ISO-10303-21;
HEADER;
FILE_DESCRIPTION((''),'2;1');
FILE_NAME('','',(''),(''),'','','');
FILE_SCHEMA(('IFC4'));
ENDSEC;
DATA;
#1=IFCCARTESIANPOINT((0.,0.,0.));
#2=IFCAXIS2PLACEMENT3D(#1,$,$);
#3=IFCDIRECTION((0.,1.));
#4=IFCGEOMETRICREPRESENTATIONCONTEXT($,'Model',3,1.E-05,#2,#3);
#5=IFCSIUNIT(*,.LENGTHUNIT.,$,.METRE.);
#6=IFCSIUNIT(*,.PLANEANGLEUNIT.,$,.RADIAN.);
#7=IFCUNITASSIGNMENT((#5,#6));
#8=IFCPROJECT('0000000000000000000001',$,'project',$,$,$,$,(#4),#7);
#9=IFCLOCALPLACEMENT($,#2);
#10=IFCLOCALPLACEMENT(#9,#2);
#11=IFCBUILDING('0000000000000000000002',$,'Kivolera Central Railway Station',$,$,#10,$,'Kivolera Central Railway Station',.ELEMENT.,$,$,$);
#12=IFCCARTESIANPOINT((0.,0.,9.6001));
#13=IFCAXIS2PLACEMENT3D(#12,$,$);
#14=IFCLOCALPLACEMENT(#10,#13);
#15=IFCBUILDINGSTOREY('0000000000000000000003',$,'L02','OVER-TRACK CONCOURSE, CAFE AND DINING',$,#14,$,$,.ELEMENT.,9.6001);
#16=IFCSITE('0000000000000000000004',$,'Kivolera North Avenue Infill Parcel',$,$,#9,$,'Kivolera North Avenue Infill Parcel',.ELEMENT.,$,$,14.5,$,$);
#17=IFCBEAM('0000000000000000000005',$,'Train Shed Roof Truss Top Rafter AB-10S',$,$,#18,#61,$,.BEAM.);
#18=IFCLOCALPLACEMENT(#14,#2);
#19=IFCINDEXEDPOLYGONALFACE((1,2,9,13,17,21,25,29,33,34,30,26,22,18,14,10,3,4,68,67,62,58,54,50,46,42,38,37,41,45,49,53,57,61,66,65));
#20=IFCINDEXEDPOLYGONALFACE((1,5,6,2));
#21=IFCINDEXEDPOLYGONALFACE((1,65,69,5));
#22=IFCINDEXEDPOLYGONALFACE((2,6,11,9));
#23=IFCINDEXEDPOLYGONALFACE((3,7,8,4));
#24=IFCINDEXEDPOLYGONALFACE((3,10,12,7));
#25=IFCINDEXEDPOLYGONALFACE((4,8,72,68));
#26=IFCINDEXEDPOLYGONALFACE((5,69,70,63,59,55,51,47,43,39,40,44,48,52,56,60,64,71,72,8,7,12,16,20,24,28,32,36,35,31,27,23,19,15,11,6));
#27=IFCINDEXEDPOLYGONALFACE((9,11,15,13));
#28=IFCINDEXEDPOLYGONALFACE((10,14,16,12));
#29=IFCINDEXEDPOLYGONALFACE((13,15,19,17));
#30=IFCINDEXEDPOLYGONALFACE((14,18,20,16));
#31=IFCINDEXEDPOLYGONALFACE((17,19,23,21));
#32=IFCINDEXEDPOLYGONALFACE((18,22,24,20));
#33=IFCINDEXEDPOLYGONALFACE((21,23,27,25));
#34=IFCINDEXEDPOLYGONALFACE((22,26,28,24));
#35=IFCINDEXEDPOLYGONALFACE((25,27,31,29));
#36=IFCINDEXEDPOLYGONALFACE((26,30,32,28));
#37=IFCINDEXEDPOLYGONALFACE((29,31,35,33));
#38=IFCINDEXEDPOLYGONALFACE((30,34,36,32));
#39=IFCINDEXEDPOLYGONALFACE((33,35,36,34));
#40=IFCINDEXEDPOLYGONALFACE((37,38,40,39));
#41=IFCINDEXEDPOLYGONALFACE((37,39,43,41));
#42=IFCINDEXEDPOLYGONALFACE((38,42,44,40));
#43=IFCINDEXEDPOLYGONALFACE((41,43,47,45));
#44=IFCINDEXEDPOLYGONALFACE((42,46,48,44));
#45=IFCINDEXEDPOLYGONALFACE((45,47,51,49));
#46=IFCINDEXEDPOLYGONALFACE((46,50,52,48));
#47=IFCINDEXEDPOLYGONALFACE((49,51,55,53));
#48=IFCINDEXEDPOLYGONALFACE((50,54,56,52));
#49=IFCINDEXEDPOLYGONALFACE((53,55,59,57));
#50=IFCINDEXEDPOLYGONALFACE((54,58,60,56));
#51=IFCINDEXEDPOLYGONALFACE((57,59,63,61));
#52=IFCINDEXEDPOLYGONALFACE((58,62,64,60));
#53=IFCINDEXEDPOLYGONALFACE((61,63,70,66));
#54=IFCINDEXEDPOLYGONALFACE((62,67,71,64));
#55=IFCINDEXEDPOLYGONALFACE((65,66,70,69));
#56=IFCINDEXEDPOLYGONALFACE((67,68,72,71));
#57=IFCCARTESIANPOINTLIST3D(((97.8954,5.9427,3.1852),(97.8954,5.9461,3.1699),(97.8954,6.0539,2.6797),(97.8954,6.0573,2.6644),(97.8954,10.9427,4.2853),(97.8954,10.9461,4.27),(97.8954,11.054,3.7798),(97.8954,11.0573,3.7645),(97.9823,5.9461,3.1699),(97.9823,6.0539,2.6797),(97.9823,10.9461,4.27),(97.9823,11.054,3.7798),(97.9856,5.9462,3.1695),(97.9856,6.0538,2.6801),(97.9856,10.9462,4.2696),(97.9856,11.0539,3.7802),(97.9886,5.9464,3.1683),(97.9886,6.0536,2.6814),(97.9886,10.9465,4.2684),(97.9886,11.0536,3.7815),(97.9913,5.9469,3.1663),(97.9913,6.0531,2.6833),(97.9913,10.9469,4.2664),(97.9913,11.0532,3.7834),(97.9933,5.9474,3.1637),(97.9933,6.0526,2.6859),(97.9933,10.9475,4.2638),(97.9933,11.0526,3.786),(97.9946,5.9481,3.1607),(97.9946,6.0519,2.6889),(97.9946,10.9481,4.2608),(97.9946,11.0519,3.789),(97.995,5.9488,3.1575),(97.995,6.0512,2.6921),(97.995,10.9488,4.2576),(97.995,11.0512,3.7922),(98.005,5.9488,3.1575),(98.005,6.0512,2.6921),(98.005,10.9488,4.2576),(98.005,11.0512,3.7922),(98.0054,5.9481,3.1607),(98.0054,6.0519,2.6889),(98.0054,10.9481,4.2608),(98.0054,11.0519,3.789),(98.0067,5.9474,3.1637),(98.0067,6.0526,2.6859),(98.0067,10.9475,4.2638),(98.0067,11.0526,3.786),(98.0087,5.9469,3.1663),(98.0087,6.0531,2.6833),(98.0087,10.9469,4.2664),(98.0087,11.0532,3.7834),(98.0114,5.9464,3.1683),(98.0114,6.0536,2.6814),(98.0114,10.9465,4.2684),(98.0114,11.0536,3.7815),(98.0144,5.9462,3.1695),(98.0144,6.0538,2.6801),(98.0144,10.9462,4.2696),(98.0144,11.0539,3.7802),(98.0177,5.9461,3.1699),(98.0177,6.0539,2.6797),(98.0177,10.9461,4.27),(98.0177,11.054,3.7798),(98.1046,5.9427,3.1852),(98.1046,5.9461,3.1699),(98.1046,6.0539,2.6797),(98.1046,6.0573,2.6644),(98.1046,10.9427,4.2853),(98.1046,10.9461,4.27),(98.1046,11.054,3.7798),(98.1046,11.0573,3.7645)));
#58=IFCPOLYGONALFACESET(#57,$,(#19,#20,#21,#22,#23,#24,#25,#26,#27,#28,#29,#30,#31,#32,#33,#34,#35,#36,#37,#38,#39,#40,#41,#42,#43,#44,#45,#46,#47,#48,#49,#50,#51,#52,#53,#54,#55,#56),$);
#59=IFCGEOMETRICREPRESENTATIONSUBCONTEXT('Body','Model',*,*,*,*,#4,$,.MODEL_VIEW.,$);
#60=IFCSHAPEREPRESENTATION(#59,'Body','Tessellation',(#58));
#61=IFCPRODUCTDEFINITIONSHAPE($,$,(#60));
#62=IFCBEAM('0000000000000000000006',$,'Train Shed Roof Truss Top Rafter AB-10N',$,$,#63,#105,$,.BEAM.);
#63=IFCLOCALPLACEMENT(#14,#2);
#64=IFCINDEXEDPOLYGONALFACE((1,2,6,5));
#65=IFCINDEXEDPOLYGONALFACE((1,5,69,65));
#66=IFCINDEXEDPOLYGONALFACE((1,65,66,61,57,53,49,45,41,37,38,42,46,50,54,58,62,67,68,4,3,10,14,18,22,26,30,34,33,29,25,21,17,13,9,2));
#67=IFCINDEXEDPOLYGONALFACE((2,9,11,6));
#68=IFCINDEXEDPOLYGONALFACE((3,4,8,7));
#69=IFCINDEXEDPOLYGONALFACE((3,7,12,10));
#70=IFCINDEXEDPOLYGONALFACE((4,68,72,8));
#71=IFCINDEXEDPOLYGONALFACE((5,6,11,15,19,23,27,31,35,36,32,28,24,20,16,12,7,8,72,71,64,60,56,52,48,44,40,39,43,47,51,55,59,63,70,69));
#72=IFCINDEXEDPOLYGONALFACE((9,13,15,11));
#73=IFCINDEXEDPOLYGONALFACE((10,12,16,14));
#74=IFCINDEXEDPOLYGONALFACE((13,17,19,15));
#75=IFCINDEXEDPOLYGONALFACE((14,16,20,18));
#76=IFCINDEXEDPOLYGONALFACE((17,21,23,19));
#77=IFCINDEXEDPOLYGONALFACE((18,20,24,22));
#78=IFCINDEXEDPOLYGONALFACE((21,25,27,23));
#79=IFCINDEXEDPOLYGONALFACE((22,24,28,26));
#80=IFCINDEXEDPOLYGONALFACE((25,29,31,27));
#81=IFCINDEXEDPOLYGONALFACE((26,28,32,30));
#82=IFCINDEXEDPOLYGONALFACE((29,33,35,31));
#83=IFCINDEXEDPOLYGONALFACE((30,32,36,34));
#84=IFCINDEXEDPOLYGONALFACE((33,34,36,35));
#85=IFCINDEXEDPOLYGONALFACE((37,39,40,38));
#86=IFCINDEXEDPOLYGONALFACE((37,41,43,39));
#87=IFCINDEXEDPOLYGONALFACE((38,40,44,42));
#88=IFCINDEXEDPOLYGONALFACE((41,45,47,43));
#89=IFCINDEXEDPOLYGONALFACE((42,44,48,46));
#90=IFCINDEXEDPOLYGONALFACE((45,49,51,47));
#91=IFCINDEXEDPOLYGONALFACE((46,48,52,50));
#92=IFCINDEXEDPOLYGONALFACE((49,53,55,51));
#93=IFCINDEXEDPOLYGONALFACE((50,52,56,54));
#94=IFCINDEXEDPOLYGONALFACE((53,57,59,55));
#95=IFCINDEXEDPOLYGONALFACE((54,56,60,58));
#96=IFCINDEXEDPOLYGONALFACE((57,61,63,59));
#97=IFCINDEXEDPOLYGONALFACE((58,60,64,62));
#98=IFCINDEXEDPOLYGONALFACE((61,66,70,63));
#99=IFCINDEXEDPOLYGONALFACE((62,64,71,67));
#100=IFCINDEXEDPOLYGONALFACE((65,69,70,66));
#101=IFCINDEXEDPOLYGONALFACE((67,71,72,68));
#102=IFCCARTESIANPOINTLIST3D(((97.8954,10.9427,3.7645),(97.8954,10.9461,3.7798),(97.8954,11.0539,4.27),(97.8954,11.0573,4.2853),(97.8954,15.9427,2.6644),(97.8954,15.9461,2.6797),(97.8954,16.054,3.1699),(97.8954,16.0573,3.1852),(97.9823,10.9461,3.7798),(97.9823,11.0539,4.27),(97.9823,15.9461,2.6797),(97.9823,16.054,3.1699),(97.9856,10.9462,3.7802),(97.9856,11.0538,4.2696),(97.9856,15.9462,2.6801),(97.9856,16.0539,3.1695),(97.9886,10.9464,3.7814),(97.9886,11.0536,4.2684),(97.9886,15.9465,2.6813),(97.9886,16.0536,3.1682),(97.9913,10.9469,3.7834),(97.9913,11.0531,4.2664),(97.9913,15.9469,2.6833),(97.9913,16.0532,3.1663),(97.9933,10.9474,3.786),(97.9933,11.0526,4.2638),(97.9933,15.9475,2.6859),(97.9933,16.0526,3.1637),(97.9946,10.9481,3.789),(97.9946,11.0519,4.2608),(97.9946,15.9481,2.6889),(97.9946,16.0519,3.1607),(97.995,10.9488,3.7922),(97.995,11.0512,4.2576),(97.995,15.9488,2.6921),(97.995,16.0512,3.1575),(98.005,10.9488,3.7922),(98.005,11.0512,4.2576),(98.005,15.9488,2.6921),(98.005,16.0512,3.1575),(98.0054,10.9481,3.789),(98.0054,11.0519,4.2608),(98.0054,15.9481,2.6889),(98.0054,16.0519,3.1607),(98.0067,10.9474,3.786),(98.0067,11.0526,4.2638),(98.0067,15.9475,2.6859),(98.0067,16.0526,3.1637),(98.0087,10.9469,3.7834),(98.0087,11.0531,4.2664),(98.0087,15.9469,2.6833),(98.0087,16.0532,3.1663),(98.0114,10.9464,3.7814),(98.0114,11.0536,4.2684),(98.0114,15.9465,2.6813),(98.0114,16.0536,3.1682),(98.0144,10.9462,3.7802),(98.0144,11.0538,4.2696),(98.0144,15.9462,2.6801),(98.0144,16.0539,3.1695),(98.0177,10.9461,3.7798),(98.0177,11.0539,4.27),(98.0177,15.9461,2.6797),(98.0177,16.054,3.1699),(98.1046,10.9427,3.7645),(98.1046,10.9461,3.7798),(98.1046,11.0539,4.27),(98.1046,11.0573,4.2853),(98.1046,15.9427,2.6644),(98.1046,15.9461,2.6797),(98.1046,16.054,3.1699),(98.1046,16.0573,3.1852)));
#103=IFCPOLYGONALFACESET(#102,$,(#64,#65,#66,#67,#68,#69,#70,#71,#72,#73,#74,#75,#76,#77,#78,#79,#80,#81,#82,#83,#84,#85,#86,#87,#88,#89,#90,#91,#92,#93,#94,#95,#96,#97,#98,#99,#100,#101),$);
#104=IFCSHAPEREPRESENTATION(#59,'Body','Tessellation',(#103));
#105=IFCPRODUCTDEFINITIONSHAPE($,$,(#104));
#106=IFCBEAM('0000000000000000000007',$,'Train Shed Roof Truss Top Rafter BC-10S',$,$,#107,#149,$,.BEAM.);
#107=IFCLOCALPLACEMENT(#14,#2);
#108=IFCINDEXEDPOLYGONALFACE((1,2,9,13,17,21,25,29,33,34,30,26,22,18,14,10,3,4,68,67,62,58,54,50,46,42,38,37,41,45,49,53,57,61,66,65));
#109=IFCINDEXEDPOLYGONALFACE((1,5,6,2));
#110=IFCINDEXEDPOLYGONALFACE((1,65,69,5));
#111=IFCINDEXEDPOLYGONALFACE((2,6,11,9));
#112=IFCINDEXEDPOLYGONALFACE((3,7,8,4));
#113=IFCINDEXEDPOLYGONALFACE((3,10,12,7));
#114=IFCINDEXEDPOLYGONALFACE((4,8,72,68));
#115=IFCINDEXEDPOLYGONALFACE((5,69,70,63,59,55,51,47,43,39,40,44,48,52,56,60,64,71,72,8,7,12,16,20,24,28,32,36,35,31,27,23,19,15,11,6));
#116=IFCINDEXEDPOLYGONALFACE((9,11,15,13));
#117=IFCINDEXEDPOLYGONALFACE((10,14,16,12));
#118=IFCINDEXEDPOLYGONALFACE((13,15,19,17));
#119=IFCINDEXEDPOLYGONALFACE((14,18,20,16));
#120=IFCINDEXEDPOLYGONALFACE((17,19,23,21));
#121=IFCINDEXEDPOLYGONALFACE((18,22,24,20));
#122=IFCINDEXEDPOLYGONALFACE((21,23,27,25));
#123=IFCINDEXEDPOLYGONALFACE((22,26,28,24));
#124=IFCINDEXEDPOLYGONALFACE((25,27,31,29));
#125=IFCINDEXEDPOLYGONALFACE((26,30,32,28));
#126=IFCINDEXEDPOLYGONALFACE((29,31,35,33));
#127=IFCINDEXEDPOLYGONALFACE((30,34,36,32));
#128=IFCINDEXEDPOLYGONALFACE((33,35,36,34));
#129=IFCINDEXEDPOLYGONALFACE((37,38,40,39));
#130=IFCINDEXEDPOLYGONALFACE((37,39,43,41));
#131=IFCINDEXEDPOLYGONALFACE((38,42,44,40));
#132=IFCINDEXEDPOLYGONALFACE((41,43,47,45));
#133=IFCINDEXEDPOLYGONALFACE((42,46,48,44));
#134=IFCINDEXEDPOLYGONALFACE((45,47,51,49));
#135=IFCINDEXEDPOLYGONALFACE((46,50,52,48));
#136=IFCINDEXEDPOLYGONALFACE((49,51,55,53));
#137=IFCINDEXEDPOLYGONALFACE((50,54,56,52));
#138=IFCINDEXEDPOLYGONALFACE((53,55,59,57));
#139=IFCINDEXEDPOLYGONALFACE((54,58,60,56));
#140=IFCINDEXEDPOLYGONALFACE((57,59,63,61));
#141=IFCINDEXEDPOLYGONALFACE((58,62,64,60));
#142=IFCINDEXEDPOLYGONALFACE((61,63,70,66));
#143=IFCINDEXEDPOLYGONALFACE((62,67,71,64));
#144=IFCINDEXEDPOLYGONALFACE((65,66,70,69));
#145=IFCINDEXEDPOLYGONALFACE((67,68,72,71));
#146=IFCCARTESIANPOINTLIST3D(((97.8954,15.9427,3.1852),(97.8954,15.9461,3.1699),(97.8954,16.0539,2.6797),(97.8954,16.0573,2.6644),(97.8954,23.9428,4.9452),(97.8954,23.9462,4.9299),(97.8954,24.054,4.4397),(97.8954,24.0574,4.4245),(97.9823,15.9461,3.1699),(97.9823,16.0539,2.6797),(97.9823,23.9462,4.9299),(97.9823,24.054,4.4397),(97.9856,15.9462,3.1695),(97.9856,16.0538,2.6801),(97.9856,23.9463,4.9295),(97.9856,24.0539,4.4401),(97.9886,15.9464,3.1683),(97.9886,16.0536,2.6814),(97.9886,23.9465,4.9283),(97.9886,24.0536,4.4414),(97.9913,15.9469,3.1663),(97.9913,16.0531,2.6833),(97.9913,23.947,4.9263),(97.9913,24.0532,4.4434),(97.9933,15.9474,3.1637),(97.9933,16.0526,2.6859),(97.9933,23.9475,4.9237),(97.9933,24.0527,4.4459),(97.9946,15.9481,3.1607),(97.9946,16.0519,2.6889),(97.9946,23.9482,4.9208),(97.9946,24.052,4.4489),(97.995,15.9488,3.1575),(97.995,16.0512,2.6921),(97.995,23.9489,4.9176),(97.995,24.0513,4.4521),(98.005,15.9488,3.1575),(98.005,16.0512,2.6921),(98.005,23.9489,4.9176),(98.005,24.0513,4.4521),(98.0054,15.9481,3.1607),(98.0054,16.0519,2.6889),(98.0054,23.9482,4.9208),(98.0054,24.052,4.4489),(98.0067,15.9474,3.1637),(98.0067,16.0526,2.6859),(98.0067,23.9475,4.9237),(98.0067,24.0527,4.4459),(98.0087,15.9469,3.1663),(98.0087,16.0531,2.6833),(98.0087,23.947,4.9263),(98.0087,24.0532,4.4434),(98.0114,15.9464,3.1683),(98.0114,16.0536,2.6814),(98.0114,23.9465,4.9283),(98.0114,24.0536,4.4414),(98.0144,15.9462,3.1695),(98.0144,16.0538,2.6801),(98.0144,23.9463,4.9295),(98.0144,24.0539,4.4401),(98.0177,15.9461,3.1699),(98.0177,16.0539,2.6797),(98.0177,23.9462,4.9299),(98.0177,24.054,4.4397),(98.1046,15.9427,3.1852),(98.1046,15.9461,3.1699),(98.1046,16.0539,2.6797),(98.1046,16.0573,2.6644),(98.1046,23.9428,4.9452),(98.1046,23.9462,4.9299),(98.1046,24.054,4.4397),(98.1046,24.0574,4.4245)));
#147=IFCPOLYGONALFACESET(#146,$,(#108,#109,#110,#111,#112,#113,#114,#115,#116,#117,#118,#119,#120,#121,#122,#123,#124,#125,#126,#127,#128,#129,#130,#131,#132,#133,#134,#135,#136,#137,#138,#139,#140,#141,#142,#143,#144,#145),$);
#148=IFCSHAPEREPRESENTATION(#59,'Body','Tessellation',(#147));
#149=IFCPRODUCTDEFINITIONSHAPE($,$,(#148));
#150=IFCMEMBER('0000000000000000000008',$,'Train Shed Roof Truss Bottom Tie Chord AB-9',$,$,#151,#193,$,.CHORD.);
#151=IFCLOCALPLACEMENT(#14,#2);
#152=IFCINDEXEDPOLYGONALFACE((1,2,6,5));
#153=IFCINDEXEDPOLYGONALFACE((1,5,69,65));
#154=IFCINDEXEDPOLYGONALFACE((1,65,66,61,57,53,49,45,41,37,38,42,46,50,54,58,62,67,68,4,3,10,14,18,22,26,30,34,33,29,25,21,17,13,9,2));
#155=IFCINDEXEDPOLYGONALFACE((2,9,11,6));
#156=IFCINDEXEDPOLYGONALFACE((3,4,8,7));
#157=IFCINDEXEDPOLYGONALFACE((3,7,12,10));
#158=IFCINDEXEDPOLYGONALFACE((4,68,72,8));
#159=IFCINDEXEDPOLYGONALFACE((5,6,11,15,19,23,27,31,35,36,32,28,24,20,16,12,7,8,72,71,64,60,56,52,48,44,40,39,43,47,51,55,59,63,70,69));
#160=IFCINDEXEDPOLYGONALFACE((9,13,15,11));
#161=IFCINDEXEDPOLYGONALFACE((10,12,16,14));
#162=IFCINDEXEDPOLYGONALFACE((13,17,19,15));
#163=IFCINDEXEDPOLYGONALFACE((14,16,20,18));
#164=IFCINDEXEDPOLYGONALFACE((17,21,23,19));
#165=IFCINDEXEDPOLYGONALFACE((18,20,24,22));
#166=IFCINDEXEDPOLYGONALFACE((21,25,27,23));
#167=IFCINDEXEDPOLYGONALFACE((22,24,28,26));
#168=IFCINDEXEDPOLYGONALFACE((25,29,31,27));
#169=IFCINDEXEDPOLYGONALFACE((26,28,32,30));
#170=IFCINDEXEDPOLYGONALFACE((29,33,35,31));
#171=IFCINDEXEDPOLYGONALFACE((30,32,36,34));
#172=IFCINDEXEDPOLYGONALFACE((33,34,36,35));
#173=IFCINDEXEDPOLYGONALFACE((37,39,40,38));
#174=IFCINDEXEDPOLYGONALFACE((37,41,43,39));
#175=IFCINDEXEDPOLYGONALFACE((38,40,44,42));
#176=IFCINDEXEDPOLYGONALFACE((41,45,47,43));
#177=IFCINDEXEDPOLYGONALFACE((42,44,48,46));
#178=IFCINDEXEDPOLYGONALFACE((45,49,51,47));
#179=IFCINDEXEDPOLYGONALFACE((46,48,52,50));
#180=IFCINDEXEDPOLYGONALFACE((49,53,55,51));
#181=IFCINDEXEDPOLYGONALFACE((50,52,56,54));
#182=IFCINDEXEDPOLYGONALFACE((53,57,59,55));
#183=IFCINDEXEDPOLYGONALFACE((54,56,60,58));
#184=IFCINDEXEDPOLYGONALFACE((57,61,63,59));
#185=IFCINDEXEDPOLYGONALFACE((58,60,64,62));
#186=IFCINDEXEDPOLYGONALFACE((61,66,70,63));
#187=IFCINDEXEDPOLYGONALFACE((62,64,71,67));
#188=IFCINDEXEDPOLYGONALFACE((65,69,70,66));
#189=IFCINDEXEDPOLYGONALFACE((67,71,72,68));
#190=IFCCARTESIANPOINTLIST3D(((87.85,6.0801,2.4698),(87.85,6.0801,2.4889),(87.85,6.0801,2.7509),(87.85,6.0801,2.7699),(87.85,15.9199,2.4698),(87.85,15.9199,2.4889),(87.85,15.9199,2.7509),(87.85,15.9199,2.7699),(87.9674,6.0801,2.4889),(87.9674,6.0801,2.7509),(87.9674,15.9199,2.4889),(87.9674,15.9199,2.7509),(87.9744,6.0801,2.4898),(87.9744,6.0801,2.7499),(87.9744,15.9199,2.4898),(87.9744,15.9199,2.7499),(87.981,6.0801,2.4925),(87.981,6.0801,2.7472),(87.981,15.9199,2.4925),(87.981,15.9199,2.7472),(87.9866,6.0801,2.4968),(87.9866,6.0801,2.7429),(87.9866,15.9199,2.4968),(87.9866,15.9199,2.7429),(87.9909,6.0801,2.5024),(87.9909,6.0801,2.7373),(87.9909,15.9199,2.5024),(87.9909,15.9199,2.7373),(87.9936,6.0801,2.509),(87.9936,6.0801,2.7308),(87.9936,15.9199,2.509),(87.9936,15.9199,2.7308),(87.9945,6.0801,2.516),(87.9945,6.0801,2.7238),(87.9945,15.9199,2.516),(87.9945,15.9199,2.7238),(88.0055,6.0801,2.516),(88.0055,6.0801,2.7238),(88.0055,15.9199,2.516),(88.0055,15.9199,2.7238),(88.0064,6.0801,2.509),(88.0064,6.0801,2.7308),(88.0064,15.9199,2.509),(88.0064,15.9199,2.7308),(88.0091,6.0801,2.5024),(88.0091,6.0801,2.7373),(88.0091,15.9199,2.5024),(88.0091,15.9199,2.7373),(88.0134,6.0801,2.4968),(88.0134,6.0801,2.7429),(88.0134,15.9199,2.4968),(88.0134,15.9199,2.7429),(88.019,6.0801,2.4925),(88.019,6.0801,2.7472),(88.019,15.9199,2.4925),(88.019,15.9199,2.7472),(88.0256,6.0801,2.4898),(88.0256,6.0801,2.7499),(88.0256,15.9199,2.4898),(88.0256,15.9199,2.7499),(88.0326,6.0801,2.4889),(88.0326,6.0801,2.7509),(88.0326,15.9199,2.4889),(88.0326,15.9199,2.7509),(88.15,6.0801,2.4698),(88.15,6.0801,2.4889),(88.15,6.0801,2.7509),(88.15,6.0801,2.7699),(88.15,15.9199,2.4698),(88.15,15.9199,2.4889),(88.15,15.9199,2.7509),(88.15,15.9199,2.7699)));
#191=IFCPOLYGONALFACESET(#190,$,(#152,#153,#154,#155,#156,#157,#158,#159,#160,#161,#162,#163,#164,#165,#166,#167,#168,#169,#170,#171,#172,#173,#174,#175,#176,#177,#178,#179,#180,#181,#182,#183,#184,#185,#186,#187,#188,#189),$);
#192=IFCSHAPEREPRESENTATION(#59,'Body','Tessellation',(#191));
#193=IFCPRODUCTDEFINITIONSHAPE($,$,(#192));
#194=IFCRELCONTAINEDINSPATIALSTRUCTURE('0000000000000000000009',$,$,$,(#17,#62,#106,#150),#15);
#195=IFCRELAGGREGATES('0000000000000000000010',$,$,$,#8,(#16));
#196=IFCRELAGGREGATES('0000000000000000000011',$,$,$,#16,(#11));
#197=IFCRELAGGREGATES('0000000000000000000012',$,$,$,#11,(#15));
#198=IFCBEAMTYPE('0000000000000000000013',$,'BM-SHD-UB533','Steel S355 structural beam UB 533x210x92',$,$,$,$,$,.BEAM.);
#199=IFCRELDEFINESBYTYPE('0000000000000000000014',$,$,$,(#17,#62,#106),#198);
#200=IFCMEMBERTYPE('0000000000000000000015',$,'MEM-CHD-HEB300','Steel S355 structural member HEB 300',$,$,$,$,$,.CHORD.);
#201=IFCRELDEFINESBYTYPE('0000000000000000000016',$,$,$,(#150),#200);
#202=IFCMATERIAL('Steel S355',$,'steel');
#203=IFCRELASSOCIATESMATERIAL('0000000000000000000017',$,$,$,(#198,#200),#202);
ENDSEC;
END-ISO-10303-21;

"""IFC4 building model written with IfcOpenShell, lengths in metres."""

from ifc_helpers import new_model, si_unit, direction, frame, origin, origin_2d, place, context, subcontext, project, spatial, i_section, extrude, material, material_profile, profile_set, type_object, element, save


model = new_model("IFC4")

# Units and contexts
model_context = context("Model", 3, precision=1e-05, world=origin(), true_north=direction((0.0, 1.0)))
body_context = subcontext(model_context, "Body", "Model", "MODEL_VIEW")
ifc_project = project(units=[si_unit("LENGTHUNIT", "METRE"), si_unit("PLANEANGLEUNIT", "RADIAN")], contexts=[model_context])

# Site, building, storey
site_placement = place(None, origin())
site = spatial("IfcSite", under=ifc_project, at=site_placement, Name="Kivolera North Avenue Infill Parcel", LongName="Kivolera North Avenue Infill Parcel", CompositionType="ELEMENT", RefElevation=14.5)
building_placement = place(site_placement, origin())
building = spatial("IfcBuilding", under=site, at=building_placement, Name="Kivolera Central Railway Station", LongName="Kivolera Central Railway Station", CompositionType="ELEMENT")
storey_placement = place(building_placement, frame((0.0, 0.0, 9.6001)))
storey = spatial("IfcBuildingStorey", under=building, at=storey_placement, Name="L02", Description="OVER-TRACK CONCOURSE, CAFE AND DINING", CompositionType="ELEMENT", Elevation=9.6001)

# Shared definitions
ifc_material_1 = material(Name="Steel S355", Category="steel")

# Beams
ifc_material_profile_1 = material_profile(ifc_material_1, i_section(OverallWidth=0.2092, OverallDepth=0.5332, WebThickness=0.01, FlangeThickness=0.0156, FilletRadius=0.0127, at=origin_2d()), Name="UB 533x210x92")
ifc_profile_set_1 = profile_set([ifc_material_profile_1], Name="Steel S355")
beam_type_1 = type_object("IfcBeamType", Name="BM-SHD-UB533", Description="Steel S355 structural beam UB 533x210x92", PredefinedType="BEAM", material=ifc_profile_set_1)
for number, where, z_axis, x_axis, name in (
    (1, (98.0, 6.0, 2.9248), (0.0, 0.97664, 0.21488), (-1.0, 0.0, 0.0), "Train Shed Roof Truss Top Rafter AB-10S"),
    (2, (98.0, 11.0, 4.0249), (0.0, 0.97664, -0.21488), (-1.0, 0.0, 0.0), "Train Shed Roof Truss Top Rafter AB-10N"),
):
    element("IfcBeam", number, at=place(storey_placement, frame(where, z_axis=z_axis, x_axis=x_axis)), inside=storey, type_object=beam_type_1, Name=name, PredefinedType="BEAM", context=body_context, shape_type="SweptSolid", body=[
        extrude(i_section(OverallWidth=0.2092, OverallDepth=0.5332, WebThickness=0.01, FlangeThickness=0.0156, FilletRadius=0.0127, at=origin_2d()), origin(), (0.0, 0.0, 1.0), 5.1196),
    ])
beam_1_placement = place(storey_placement, frame((98.0, 16.0, 2.9248), z_axis=(0.0, 0.976644, 0.214863), x_axis=(-1.0, 0.0, 0.0)))
element("IfcBeam", 3, at=beam_1_placement, inside=storey, type_object=beam_type_1, Name="Train Shed Roof Truss Top Rafter BC-10S", PredefinedType="BEAM", context=body_context, shape_type="SweptSolid", body=[
    extrude(i_section(OverallWidth=0.2092, OverallDepth=0.5332, WebThickness=0.01, FlangeThickness=0.0156, FilletRadius=0.0127, at=origin_2d()), origin(), (0.0, 0.0, 1.0), 8.1914),
])

# Member
ifc_material_profile_2 = material_profile(ifc_material_1, i_section(OverallWidth=0.3, OverallDepth=0.3, WebThickness=0.011, FlangeThickness=0.019, FilletRadius=0.0271, at=origin_2d()), Name="HEB 300")
ifc_profile_set_2 = profile_set([ifc_material_profile_2], Name="Steel S355")
member_type_1 = type_object("IfcMemberType", Name="MEM-CHD-HEB300", Description="Steel S355 structural member HEB 300", PredefinedType="CHORD", material=ifc_profile_set_2)
for number, where, z_axis, x_axis, name in (
    (4, (88.0, 6.0801, 2.6199), (0.0, 1.0, 0.0), (-1.0, 0.0, 0.0), "Train Shed Roof Truss Bottom Tie Chord AB-9"),
):
    element("IfcMember", number, at=place(storey_placement, frame(where, z_axis=z_axis, x_axis=x_axis)), inside=storey, type_object=member_type_1, Name=name, PredefinedType="CHORD", context=body_context, shape_type="SweptSolid", body=[
        extrude(i_section(OverallWidth=0.3, OverallDepth=0.3, WebThickness=0.011, FlangeThickness=0.019, FilletRadius=0.0271, at=origin_2d()), origin(), (0.0, 0.0, 1.0), 9.8398),
    ])

save(model, "model.ifc")
